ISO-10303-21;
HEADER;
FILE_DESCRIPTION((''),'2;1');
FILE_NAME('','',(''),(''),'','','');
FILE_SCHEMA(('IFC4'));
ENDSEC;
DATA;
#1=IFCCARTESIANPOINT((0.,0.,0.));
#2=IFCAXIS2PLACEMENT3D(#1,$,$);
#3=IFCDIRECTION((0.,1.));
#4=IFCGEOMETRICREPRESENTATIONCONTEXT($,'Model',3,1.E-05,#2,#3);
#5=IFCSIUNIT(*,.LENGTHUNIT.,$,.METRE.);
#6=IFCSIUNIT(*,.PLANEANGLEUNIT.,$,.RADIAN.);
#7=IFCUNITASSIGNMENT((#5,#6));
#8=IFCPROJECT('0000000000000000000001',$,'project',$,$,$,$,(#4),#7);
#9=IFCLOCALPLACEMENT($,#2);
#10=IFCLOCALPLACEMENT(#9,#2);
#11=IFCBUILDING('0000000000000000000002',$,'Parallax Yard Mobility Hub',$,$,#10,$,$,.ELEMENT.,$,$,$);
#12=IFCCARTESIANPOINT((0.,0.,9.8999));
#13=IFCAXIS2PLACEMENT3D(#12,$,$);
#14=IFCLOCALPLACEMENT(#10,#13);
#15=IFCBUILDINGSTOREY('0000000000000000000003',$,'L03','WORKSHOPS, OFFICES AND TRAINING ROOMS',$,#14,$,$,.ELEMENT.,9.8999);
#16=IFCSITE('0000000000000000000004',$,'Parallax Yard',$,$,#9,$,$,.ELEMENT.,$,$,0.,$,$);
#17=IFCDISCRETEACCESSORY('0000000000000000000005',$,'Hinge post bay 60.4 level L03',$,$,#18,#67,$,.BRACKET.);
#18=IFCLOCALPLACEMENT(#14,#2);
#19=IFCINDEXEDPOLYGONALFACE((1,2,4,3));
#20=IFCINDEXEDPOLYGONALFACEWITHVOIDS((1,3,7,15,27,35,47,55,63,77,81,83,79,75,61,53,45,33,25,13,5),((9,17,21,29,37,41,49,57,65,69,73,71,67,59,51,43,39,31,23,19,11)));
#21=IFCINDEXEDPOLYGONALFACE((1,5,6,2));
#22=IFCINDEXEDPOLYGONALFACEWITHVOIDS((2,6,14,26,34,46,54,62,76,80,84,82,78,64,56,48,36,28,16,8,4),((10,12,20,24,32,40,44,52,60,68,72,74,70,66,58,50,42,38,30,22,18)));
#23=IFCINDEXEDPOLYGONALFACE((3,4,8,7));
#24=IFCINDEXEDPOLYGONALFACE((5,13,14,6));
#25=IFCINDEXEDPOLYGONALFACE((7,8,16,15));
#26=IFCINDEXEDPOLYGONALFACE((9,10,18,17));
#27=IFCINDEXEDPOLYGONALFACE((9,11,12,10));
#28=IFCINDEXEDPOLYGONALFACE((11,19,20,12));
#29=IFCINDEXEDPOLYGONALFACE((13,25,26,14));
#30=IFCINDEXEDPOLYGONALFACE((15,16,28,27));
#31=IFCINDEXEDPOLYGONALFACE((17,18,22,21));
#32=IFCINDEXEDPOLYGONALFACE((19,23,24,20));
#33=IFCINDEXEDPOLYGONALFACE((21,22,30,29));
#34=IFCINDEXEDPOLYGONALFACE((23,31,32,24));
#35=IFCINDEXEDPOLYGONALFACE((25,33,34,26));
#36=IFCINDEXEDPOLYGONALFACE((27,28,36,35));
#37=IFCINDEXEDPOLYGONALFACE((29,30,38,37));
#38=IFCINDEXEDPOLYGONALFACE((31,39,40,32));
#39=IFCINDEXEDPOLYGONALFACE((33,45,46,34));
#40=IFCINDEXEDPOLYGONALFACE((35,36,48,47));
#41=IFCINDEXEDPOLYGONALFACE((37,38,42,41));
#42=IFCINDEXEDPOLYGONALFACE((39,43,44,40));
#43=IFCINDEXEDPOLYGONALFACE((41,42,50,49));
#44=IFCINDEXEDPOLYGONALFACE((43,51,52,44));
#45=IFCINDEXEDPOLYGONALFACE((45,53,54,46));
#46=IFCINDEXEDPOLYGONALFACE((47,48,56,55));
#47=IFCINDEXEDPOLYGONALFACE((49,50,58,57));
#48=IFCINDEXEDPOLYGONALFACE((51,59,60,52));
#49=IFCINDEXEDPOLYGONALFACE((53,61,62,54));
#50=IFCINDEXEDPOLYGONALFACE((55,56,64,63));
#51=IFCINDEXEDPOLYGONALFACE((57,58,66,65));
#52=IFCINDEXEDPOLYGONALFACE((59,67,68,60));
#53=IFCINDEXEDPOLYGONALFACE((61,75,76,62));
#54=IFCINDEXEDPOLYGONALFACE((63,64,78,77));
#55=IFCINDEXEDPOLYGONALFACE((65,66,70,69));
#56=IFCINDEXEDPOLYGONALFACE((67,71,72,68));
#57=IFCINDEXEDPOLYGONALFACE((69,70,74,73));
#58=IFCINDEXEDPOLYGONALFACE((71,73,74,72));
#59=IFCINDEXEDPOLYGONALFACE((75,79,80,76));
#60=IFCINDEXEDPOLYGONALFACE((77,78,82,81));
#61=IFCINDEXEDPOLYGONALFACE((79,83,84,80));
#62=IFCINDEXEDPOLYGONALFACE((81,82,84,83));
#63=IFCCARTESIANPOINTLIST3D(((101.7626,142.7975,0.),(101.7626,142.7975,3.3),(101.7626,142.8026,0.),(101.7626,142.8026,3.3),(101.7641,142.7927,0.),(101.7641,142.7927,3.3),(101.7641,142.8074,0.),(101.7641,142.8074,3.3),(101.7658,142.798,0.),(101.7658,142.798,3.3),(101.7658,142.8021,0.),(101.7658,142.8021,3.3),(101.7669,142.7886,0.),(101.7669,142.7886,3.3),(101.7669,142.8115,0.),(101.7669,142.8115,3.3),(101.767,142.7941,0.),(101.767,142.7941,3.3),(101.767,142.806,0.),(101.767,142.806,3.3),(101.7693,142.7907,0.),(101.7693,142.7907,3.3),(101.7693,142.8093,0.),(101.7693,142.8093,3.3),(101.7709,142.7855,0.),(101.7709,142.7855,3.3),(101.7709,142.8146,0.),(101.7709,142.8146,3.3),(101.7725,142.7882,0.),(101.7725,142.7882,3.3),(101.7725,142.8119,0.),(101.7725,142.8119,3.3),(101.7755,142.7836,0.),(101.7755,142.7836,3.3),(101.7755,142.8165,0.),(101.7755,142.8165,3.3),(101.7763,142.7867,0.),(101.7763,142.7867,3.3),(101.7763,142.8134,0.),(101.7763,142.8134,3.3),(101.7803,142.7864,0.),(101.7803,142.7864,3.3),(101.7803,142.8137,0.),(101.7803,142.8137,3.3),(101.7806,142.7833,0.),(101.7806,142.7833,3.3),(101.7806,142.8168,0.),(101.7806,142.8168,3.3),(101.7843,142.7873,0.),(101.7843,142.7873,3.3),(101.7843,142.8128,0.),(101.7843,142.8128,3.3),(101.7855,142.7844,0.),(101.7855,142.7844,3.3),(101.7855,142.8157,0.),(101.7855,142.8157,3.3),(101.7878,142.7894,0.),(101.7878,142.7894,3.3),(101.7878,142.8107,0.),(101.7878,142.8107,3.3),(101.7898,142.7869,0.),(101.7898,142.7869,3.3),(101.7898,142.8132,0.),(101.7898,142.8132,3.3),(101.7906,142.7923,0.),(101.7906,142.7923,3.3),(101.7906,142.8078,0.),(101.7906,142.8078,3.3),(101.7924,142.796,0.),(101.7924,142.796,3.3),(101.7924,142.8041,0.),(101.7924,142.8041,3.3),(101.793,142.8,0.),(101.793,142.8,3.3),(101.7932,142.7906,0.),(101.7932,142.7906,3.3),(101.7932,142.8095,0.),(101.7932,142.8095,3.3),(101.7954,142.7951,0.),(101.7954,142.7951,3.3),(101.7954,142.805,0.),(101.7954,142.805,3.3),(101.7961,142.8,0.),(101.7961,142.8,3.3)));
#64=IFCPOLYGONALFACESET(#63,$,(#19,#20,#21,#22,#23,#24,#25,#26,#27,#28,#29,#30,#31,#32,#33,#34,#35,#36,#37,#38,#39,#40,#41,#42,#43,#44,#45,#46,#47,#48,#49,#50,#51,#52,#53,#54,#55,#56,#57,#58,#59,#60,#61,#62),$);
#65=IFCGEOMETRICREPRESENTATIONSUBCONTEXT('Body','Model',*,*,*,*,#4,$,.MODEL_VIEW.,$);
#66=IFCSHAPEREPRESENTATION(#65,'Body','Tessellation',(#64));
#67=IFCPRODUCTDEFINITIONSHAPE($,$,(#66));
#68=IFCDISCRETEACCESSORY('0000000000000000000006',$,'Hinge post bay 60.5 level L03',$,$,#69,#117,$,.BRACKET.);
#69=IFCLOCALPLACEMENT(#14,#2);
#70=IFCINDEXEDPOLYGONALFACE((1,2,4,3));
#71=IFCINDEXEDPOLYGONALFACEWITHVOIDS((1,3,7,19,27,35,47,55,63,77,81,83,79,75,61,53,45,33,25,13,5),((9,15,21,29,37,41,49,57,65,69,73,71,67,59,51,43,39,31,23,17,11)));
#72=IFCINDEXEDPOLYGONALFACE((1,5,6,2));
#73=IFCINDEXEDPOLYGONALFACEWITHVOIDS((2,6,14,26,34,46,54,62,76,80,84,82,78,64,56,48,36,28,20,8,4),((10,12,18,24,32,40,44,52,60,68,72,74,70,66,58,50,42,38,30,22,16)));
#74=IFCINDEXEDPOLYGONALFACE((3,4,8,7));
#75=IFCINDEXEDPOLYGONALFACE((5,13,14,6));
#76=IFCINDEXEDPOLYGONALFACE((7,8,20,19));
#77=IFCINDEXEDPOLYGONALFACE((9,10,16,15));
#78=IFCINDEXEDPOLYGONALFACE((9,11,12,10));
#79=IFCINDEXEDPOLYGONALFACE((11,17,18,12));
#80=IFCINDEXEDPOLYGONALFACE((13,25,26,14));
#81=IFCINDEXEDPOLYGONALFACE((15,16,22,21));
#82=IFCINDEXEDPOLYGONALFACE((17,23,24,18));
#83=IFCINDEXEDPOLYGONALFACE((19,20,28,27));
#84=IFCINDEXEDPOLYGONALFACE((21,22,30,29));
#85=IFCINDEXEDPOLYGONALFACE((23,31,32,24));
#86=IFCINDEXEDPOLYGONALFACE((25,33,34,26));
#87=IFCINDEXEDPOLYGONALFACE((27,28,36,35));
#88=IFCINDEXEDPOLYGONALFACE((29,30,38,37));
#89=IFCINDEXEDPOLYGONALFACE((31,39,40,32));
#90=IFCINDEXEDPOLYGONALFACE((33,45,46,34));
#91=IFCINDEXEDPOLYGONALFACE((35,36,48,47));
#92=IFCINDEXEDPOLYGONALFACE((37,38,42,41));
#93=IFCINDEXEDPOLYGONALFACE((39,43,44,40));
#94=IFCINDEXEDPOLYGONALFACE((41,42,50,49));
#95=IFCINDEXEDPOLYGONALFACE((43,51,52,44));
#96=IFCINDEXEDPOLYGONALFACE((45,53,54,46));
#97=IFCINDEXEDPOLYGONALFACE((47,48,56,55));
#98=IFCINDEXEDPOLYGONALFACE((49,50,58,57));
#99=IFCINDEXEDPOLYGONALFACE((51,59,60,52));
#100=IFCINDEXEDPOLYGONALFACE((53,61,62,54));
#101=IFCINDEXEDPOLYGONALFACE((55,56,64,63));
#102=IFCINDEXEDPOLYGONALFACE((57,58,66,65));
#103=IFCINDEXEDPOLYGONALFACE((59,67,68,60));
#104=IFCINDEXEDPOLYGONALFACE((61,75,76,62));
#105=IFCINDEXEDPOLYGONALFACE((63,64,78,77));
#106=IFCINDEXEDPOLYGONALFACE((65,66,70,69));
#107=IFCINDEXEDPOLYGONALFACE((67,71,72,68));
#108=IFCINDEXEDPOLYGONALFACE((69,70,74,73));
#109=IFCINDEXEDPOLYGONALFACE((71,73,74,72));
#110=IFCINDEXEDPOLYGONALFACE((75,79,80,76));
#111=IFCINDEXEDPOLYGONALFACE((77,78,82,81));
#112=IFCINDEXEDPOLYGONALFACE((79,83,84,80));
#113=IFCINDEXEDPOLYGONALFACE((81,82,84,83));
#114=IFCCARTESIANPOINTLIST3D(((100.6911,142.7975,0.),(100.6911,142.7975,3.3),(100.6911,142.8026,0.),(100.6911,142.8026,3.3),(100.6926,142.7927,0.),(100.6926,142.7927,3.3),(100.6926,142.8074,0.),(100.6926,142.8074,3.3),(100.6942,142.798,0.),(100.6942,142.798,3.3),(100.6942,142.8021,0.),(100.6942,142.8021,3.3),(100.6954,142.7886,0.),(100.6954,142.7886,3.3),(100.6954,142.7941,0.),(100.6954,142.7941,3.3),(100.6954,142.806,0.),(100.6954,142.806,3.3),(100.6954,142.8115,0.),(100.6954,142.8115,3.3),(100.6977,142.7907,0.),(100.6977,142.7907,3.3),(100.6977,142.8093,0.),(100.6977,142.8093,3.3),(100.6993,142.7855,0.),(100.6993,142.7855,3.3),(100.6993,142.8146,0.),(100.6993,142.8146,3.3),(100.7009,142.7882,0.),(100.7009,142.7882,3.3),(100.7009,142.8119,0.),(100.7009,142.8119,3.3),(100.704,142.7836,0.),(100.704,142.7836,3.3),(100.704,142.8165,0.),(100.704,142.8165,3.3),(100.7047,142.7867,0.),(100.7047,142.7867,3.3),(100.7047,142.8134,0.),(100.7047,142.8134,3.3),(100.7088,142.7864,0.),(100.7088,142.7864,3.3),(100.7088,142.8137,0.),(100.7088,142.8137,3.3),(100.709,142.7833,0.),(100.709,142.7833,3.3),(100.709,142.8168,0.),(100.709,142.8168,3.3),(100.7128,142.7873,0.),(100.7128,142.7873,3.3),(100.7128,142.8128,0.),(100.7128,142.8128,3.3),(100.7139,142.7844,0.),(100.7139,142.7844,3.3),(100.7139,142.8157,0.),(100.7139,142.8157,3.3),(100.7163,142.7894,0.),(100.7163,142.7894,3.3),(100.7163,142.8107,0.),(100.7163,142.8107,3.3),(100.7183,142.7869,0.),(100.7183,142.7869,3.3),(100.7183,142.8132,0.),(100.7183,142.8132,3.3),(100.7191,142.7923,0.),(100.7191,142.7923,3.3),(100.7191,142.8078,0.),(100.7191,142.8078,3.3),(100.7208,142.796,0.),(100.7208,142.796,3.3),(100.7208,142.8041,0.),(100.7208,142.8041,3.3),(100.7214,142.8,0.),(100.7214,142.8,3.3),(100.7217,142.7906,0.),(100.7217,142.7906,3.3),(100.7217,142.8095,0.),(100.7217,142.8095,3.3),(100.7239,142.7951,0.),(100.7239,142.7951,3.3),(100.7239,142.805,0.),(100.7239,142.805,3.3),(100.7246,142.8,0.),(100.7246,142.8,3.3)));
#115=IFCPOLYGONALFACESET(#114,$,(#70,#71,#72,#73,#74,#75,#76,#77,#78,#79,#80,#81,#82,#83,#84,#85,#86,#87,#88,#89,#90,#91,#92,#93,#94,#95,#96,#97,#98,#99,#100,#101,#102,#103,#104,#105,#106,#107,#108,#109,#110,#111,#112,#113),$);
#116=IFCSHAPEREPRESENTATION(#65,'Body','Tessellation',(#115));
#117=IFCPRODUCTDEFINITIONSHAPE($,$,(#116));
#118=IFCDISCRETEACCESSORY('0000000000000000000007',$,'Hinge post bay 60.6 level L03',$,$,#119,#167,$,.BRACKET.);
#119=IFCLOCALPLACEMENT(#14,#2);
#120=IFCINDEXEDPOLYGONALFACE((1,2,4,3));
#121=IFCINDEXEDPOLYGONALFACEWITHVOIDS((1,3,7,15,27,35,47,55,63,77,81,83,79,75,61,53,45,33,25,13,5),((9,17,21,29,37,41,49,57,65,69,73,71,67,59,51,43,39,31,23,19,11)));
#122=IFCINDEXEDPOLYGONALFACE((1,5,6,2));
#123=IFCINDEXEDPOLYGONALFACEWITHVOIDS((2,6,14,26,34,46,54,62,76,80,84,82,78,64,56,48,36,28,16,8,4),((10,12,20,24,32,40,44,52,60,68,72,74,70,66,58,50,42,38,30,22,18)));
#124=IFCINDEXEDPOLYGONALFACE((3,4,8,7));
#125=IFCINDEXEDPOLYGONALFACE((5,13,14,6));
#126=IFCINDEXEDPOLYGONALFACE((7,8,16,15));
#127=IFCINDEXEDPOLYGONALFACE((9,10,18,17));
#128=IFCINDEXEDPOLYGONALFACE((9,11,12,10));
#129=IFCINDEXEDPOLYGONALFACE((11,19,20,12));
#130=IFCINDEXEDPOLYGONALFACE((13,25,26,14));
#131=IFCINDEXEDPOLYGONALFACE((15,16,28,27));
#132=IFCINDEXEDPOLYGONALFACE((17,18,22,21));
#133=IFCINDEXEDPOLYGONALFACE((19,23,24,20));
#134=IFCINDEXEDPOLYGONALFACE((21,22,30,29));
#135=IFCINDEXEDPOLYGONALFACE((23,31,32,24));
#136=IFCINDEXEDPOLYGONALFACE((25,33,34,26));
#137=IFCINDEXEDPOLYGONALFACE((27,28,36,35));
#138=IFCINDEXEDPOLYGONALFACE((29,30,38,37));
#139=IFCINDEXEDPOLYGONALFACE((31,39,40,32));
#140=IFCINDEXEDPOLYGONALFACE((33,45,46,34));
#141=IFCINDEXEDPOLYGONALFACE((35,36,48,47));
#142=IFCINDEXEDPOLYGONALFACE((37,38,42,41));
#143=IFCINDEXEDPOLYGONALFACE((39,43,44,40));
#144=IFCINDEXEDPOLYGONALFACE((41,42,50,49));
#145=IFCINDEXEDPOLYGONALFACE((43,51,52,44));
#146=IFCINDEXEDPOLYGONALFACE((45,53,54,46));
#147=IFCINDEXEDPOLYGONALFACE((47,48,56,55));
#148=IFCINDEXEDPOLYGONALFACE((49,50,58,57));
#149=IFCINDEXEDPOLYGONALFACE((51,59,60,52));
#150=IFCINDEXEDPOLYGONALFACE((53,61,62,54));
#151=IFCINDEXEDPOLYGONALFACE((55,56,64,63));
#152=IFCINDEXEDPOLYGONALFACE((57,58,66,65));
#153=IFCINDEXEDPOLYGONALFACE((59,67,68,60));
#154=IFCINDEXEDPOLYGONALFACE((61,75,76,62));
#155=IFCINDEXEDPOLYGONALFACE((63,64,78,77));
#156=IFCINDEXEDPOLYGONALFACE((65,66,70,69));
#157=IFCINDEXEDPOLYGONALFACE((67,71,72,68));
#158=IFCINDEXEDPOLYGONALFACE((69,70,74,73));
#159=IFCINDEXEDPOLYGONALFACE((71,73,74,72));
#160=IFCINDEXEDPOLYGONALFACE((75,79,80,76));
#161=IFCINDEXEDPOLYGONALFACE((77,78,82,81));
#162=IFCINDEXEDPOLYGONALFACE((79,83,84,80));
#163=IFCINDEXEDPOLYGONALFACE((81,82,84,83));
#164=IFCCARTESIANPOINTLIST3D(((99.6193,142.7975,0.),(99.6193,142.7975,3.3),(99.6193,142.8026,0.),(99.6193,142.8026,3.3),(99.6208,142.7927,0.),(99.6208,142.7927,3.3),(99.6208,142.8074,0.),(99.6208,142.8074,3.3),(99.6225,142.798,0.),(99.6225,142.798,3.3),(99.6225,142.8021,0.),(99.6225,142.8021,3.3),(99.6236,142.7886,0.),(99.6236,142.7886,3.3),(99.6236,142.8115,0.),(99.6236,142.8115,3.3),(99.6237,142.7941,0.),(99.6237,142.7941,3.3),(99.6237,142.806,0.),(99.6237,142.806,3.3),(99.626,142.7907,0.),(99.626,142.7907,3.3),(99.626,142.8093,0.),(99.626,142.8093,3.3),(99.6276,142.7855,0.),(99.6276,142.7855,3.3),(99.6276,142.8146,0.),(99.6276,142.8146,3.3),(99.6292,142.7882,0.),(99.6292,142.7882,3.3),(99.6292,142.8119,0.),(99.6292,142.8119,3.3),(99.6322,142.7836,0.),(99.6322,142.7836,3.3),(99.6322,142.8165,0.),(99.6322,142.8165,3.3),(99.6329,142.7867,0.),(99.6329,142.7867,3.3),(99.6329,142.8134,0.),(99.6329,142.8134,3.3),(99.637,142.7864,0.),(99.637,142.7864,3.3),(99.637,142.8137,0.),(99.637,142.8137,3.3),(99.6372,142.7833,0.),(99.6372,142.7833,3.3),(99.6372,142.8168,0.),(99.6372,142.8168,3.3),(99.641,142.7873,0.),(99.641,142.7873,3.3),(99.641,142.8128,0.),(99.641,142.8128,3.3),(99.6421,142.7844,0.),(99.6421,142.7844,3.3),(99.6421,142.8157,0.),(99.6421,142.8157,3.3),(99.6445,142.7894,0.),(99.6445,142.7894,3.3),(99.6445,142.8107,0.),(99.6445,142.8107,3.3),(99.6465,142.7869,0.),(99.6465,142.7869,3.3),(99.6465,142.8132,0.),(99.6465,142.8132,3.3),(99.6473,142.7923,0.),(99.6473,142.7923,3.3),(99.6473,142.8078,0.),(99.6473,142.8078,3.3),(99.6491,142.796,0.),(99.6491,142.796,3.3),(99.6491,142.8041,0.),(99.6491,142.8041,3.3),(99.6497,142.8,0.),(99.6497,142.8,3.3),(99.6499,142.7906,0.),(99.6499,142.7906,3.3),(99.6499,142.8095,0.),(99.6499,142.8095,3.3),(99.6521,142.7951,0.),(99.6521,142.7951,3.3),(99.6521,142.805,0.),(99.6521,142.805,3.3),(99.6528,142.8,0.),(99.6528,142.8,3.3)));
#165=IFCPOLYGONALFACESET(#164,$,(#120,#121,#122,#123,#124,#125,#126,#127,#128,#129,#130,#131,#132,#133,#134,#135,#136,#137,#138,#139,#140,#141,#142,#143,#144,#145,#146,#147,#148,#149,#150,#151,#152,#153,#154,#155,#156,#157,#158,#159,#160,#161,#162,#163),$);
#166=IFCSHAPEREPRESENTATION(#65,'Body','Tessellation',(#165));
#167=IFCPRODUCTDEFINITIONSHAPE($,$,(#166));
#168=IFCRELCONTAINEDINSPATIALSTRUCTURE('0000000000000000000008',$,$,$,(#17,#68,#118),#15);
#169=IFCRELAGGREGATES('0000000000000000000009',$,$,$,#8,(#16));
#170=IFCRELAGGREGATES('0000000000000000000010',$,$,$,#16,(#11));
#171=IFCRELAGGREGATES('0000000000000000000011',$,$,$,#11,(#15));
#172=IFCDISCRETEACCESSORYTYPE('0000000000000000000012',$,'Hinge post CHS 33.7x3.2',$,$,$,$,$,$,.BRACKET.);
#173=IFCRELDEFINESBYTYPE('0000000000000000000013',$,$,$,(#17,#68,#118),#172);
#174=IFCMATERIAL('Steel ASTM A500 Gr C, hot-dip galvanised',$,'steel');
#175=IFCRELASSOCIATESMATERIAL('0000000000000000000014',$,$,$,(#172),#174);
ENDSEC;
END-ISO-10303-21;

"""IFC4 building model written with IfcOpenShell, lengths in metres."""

from ifc_helpers import new_model, si_unit, direction, frame, origin, origin_2d, place, context, subcontext, project, spatial, hollow_circle, extrude, material, material_profile, profile_set, type_object, element, save


model = new_model("IFC4")

# Units and contexts
model_context = context("Model", 3, precision=1e-05, world=origin(), true_north=direction((0.0, 1.0)))
body_context = subcontext(model_context, "Body", "Model", "MODEL_VIEW")
ifc_project = project(units=[si_unit("LENGTHUNIT", "METRE"), si_unit("PLANEANGLEUNIT", "RADIAN")], contexts=[model_context])

# Site, building, storey
site_placement = place(None, origin())
site = spatial("IfcSite", under=ifc_project, at=site_placement, Name="Parallax Yard", CompositionType="ELEMENT", RefElevation=0.0)
building_placement = place(site_placement, origin())
building = spatial("IfcBuilding", under=site, at=building_placement, Name="Parallax Yard Mobility Hub", CompositionType="ELEMENT")
storey_placement = place(building_placement, frame((0.0, 0.0, 9.8999)))
storey = spatial("IfcBuildingStorey", under=building, at=storey_placement, Name="L03", Description="WORKSHOPS, OFFICES AND TRAINING ROOMS", CompositionType="ELEMENT", Elevation=9.8999)

# Discrete accessories
ifc_material_1 = material(Name="Steel ASTM A500 Gr C, hot-dip galvanised", Category="steel")
ifc_material_profile = material_profile(ifc_material_1, hollow_circle(Radius=0.0168, WallThickness=0.0032, at=origin_2d()), Name="CHS 33.7x3.2")
ifc_profile_set = profile_set([ifc_material_profile], Name="Steel ASTM A500 Gr C, hot-dip galvanised")
discrete_accessory_type = type_object("IfcDiscreteAccessoryType", Name="Hinge post CHS 33.7x3.2", PredefinedType="BRACKET", material=ifc_profile_set)
for number, where, z_axis, x_axis, name in (
    (1, (101.7793, 142.8, 0.0), (0.0, 0.0, 1.0), (1.0, 0.0, 0.0), "Hinge post bay 60.4 level L03"),
    (2, (100.7078, 142.8, 0.0), (0.0, 0.0, 1.0), (1.0, 0.0, 0.0), "Hinge post bay 60.5 level L03"),
    (3, (99.636, 142.8, 0.0), (0.0, 0.0, 1.0), (1.0, 0.0, 0.0), "Hinge post bay 60.6 level L03"),
):
    element("IfcDiscreteAccessory", number, at=place(storey_placement, frame(where, z_axis=z_axis, x_axis=x_axis)), inside=storey, type_object=discrete_accessory_type, Name=name, PredefinedType="BRACKET", context=body_context, shape_type="SweptSolid", body=[
        extrude(hollow_circle(Radius=0.0168, WallThickness=0.0032, at=origin_2d()), origin(), (0.0, 0.0, 1.0), 3.3),
    ])

save(model, "model.ifc")
